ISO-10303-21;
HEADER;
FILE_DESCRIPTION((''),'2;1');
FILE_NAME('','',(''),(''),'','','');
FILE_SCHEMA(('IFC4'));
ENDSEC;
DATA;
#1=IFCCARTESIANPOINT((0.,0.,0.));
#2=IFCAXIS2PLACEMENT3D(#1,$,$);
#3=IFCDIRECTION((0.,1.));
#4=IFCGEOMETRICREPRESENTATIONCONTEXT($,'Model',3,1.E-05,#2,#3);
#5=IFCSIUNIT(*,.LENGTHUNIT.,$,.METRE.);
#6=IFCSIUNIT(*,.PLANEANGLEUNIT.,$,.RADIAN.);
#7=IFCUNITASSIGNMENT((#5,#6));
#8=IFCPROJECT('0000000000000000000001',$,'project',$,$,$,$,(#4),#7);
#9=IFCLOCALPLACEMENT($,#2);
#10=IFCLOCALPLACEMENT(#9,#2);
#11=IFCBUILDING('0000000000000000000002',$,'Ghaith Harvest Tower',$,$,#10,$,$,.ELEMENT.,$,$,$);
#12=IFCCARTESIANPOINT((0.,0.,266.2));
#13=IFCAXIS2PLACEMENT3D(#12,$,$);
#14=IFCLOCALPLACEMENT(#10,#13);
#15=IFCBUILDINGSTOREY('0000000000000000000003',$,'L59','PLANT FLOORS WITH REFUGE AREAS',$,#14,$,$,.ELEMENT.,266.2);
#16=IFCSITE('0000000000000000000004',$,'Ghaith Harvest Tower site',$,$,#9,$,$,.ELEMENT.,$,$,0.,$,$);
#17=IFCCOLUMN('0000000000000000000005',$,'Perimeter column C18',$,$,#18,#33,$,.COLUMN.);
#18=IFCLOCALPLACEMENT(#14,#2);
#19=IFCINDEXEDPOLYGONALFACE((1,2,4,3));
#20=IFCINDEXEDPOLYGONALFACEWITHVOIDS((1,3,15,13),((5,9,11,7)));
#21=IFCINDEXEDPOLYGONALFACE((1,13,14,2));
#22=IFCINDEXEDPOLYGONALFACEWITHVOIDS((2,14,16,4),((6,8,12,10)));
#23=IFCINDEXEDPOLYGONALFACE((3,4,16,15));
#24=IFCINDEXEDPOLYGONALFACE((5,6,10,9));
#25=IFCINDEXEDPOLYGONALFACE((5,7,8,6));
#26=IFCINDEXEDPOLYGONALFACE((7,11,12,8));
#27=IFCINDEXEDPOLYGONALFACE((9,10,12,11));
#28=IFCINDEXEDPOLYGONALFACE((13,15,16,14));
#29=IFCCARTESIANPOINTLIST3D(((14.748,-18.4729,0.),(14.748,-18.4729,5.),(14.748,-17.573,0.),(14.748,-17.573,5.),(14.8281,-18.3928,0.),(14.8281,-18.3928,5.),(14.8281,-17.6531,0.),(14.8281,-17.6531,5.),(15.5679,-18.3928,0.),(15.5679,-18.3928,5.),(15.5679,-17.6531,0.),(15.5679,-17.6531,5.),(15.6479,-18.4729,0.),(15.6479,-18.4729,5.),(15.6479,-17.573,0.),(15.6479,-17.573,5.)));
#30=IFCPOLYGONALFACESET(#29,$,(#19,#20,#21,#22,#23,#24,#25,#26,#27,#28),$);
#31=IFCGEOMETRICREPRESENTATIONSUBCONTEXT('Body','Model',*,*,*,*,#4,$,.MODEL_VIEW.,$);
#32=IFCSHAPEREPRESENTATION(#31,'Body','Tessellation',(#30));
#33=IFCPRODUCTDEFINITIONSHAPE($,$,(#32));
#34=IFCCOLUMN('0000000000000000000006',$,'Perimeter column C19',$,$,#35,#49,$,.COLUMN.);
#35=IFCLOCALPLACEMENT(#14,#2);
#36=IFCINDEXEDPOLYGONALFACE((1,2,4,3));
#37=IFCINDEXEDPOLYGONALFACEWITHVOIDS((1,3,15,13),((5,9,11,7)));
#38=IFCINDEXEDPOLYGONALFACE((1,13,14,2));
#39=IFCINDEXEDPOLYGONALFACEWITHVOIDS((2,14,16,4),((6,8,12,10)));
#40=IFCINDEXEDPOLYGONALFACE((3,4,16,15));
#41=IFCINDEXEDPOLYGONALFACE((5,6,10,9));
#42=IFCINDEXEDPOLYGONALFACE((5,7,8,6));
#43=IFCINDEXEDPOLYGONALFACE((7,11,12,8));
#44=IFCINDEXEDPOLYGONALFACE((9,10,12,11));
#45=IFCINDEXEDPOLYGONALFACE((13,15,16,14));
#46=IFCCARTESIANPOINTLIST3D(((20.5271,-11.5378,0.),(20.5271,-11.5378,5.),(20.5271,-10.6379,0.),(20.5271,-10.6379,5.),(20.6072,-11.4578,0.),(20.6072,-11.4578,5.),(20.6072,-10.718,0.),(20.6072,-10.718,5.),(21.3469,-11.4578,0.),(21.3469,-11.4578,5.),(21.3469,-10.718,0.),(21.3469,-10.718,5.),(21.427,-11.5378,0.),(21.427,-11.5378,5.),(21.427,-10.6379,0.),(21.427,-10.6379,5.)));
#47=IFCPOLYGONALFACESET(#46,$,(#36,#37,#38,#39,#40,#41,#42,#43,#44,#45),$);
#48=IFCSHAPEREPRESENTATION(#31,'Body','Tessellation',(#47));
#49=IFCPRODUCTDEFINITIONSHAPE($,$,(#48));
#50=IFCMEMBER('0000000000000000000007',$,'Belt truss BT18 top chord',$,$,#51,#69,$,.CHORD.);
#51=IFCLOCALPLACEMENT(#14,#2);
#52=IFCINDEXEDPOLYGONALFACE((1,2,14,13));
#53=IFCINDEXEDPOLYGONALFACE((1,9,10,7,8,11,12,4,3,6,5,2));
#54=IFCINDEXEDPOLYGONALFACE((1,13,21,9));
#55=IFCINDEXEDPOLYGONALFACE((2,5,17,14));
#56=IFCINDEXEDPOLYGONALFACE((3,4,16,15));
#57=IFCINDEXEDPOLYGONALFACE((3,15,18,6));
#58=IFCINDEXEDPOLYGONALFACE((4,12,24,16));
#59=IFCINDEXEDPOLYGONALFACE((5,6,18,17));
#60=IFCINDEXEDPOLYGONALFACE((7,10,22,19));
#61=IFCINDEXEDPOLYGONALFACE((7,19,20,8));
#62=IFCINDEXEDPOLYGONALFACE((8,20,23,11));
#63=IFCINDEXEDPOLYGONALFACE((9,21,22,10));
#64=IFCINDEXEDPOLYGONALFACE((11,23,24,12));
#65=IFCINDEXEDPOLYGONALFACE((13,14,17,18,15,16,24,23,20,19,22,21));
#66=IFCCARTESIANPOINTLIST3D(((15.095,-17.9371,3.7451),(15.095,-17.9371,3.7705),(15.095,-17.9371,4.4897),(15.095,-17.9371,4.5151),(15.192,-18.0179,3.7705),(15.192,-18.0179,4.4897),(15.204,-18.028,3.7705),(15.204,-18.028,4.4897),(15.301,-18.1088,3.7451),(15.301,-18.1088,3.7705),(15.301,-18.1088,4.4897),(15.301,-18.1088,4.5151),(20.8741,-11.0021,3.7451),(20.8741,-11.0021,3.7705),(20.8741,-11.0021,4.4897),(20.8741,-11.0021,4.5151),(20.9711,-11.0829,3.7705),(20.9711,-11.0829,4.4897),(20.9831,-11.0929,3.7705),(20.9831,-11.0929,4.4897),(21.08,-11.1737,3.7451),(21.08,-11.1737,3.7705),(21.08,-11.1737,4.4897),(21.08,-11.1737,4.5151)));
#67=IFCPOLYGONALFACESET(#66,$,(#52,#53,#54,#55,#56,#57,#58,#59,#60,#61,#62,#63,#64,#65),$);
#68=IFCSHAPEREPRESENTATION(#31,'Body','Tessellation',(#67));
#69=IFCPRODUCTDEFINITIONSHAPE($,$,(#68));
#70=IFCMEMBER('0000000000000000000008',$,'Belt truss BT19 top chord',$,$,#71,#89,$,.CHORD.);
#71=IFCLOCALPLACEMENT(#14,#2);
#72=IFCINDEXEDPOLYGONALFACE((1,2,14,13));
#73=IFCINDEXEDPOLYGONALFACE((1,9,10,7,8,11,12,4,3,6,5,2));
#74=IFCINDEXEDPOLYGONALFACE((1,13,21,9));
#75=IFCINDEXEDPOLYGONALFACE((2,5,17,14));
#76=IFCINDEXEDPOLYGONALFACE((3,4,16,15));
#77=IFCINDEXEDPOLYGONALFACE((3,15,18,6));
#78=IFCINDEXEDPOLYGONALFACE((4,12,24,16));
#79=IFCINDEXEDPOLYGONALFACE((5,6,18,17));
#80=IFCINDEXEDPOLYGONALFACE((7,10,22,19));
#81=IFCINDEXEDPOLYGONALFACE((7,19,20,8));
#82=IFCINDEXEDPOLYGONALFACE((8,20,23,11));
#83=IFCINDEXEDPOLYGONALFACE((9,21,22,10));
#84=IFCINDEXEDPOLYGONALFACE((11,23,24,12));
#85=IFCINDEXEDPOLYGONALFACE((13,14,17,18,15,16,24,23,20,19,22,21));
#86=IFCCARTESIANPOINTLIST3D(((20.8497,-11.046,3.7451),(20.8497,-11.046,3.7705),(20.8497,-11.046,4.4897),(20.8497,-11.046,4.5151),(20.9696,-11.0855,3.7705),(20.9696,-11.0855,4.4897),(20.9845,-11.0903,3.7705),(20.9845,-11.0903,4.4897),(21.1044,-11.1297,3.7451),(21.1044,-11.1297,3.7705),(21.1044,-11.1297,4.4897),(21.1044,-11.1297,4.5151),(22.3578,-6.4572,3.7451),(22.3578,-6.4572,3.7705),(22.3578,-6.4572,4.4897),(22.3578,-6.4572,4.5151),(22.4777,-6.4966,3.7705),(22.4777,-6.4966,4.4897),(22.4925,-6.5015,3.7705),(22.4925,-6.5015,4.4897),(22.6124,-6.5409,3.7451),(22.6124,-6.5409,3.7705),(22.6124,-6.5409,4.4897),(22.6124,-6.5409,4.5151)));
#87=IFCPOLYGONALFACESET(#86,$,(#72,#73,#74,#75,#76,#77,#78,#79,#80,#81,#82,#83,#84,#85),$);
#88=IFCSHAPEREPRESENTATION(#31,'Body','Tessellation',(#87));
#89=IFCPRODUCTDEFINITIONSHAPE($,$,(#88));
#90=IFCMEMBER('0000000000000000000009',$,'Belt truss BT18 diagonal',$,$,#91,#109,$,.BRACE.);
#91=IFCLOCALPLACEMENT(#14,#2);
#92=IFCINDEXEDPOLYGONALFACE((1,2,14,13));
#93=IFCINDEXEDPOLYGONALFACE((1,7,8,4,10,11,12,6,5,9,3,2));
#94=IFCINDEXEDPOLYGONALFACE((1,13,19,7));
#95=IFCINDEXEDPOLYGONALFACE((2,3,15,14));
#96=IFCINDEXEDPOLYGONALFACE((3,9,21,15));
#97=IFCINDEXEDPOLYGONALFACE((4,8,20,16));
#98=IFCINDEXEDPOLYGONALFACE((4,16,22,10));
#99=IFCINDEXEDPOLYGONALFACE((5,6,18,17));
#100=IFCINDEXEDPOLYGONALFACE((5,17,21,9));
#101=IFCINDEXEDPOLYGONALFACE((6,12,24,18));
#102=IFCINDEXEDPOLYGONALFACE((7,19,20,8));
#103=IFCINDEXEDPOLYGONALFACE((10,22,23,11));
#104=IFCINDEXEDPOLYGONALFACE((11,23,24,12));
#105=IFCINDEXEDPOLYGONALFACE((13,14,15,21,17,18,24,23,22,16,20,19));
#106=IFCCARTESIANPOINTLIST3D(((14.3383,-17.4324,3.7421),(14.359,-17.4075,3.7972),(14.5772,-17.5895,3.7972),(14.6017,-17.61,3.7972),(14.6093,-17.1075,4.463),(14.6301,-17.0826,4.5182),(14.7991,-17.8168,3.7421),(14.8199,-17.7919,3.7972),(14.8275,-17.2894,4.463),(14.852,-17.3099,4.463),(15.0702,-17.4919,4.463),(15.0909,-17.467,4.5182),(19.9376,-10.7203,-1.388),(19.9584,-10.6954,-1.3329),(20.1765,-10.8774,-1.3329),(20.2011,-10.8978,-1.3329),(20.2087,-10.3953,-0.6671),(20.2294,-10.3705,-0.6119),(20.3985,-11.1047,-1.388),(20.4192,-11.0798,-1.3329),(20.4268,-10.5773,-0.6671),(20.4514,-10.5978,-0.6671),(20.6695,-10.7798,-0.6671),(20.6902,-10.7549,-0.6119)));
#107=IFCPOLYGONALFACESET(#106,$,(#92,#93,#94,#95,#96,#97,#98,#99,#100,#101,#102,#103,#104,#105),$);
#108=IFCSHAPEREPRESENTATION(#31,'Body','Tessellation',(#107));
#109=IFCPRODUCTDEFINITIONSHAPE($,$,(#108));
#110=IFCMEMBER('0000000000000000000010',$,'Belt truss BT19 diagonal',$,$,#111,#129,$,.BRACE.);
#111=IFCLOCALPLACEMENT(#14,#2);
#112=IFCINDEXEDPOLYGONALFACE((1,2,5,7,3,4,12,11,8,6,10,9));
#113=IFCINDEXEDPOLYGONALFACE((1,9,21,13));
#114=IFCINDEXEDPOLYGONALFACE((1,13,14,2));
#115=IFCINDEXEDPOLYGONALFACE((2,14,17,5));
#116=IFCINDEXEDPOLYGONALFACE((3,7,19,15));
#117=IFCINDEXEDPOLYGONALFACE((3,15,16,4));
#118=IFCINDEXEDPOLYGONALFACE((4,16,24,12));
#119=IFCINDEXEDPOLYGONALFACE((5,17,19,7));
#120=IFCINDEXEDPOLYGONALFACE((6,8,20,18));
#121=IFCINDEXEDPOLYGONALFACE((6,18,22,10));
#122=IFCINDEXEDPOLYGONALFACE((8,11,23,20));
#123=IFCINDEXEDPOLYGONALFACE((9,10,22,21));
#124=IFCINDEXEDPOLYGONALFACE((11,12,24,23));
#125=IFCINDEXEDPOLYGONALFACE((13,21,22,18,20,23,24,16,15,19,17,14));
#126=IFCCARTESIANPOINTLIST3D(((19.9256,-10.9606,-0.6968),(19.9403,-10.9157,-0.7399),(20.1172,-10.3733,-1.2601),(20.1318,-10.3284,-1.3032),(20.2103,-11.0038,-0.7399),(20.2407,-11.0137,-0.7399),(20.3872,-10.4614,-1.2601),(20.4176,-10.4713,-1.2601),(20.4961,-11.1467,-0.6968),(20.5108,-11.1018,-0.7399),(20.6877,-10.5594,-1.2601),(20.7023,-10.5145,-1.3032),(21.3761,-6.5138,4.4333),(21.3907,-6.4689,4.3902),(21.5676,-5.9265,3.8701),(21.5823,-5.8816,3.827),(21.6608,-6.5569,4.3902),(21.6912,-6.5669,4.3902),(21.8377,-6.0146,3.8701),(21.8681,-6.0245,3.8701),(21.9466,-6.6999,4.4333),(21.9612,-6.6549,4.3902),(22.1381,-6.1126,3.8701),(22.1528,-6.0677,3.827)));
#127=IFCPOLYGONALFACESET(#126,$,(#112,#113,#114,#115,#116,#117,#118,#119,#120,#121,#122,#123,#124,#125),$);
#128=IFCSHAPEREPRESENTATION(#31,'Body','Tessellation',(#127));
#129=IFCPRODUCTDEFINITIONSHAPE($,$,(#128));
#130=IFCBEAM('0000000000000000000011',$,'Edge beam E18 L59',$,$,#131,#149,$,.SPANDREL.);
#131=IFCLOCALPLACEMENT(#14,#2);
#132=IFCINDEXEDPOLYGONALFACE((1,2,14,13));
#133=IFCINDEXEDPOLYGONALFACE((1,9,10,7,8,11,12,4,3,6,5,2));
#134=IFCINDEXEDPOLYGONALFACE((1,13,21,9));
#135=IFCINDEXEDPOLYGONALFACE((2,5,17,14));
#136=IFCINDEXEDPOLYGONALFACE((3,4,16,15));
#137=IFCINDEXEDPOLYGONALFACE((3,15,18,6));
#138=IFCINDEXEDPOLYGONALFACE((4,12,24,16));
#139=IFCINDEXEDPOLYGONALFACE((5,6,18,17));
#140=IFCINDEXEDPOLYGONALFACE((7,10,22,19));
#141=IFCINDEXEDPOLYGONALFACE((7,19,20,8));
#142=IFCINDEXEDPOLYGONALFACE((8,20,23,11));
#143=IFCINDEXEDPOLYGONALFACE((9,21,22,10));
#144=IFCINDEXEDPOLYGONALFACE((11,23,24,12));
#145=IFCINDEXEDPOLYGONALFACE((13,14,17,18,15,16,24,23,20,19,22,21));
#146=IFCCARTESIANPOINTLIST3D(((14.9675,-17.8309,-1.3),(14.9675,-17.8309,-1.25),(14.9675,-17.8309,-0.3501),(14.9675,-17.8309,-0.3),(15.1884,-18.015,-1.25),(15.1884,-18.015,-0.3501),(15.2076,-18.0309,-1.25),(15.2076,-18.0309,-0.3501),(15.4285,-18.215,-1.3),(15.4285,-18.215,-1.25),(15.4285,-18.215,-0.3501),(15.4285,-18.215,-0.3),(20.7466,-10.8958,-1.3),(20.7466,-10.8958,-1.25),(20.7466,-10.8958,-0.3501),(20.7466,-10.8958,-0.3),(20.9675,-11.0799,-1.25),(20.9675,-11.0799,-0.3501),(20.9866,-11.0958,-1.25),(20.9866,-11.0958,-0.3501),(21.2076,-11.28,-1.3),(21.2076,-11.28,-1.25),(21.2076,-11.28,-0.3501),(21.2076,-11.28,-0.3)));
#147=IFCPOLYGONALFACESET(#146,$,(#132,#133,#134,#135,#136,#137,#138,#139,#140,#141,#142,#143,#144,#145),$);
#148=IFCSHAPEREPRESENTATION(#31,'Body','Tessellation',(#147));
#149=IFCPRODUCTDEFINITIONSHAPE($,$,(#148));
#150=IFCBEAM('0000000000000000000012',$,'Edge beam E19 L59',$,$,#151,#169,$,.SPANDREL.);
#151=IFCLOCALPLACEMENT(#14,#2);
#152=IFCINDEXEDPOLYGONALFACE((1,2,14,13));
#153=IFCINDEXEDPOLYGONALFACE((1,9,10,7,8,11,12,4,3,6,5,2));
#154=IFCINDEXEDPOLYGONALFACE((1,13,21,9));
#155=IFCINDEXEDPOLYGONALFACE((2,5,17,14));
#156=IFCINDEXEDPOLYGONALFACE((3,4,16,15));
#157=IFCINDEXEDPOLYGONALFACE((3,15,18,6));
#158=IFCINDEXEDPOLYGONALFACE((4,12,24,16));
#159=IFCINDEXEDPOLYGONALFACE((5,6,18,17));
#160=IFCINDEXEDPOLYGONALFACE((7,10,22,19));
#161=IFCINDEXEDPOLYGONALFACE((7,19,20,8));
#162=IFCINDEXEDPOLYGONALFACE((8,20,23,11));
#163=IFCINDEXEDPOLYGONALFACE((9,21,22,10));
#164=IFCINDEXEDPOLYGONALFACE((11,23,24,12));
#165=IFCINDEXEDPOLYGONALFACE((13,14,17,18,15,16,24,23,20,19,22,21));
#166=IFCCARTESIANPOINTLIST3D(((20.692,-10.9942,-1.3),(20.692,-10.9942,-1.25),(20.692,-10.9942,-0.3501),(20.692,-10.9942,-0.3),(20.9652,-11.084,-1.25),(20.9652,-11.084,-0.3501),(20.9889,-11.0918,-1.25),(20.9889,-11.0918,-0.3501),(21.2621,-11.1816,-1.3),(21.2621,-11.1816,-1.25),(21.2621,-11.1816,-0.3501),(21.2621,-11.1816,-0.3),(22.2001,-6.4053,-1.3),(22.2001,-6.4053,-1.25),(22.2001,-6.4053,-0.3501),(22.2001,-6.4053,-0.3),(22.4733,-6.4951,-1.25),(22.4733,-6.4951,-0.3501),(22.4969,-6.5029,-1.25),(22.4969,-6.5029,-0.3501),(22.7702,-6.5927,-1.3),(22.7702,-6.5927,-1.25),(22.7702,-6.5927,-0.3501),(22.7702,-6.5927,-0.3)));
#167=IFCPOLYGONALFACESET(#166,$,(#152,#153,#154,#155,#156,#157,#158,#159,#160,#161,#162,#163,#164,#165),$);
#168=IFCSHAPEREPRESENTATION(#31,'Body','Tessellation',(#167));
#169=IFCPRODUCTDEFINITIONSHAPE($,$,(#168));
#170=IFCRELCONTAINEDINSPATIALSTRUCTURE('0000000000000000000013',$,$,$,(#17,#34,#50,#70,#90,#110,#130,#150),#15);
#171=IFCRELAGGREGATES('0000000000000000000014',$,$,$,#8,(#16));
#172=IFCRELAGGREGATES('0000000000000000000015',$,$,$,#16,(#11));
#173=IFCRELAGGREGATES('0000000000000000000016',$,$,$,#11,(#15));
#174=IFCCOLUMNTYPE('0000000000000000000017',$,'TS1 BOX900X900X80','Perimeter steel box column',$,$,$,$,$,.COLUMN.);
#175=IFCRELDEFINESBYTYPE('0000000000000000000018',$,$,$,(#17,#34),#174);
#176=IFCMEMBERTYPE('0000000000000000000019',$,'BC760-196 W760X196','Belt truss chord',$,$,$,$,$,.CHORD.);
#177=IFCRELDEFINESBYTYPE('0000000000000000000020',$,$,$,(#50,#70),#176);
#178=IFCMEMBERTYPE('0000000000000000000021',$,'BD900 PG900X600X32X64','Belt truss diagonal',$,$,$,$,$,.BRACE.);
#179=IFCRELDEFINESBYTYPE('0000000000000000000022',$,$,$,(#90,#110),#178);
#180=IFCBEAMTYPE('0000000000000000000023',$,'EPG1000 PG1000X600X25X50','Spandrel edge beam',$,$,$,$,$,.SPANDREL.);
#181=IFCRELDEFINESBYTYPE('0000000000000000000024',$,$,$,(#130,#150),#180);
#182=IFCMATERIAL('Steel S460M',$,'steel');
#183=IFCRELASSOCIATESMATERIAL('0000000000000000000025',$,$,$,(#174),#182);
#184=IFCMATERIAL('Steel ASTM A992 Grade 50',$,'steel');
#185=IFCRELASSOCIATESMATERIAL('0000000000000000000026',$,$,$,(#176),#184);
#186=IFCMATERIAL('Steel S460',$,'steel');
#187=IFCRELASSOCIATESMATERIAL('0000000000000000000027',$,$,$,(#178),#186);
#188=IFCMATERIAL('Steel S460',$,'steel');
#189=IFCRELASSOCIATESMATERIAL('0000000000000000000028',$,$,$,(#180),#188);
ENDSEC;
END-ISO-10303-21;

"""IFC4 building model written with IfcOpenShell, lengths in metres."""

from ifc_helpers import new_model, si_unit, direction, frame, origin, origin_2d, place, context, subcontext, project, spatial, hollow_rectangle, i_section, extrude, material, material_profile, profile_set, type_object, element, save


model = new_model("IFC4")

# Units and contexts
model_context = context("Model", 3, precision=1e-05, world=origin(), true_north=direction((0.0, 1.0)))
body_context = subcontext(model_context, "Body", "Model", "MODEL_VIEW")
ifc_project = project(units=[si_unit("LENGTHUNIT", "METRE"), si_unit("PLANEANGLEUNIT", "RADIAN")], contexts=[model_context])

# Site, building, storey
site_placement = place(None, origin())
site = spatial("IfcSite", under=ifc_project, at=site_placement, Name="Ghaith Harvest Tower site", CompositionType="ELEMENT", RefElevation=0.0)
building_placement = place(site_placement, origin())
building = spatial("IfcBuilding", under=site, at=building_placement, Name="Ghaith Harvest Tower", CompositionType="ELEMENT")
storey_placement = place(building_placement, frame((0.0, 0.0, 266.2)))
storey = spatial("IfcBuildingStorey", under=building, at=storey_placement, Name="L59", Description="PLANT FLOORS WITH REFUGE AREAS", CompositionType="ELEMENT", Elevation=266.2)

# Columns
ifc_material_1 = material(Name="Steel S460M", Category="steel")
ifc_material_profile_1 = material_profile(ifc_material_1, hollow_rectangle(XDim=0.8999, YDim=0.8999, WallThickness=0.0801, at=origin_2d()), Name="BOX900X900X80")
ifc_profile_set_1 = profile_set([ifc_material_profile_1], Name="Steel S460M")
column_type = type_object("IfcColumnType", Name="TS1 BOX900X900X80", Description="Perimeter steel box column", PredefinedType="COLUMN", material=ifc_profile_set_1)
for number, where, z_axis, x_axis, name in (
    (1, (15.198, -18.0229, 0.0), (0.0, 0.0, 1.0), (1.0, 0.0, 0.0), "Perimeter column C18"),
    (2, (20.9771, -11.0879, 0.0), (0.0, 0.0, 1.0), (1.0, 0.0, 0.0), "Perimeter column C19"),
):
    element("IfcColumn", number, at=place(storey_placement, frame(where, z_axis=z_axis, x_axis=x_axis)), inside=storey, type_object=column_type, Name=name, PredefinedType="COLUMN", context=body_context, shape_type="SweptSolid", body=[
        extrude(hollow_rectangle(XDim=0.8999, YDim=0.8999, WallThickness=0.0801, at=origin_2d()), origin(), (0.0, 0.0, 1.0), 5.0),
    ])

# Members
ifc_material_2 = material(Name="Steel ASTM A992 Grade 50", Category="steel")
ifc_material_profile_2 = material_profile(ifc_material_2, i_section(OverallWidth=0.2681, OverallDepth=0.77, WebThickness=0.0156, FlangeThickness=0.0254, at=origin_2d()), Name="W760X196")
ifc_profile_set_2 = profile_set([ifc_material_profile_2], Name="Steel ASTM A992 Grade 50")
member_type_1 = type_object("IfcMemberType", Name="BC760-196 W760X196", Description="Belt truss chord", PredefinedType="CHORD", material=ifc_profile_set_2)
member_1_placement = place(storey_placement, frame((15.198, -18.0229, 4.1301), z_axis=(0.640174, 0.76823, 0.0), x_axis=(-0.76823, 0.640174, 0.0)))
element("IfcMember", 3, at=member_1_placement, inside=storey, type_object=member_type_1, Name="Belt truss BT18 top chord", PredefinedType="CHORD", context=body_context, shape_type="SweptSolid", body=[
    extrude(i_section(OverallWidth=0.2681, OverallDepth=0.77, WebThickness=0.0156, FlangeThickness=0.0254, at=origin_2d()), origin(), (0.0, 0.0, 1.0), 9.0273),
])
member_2_placement = place(storey_placement, frame((20.9771, -11.0879, 4.1301), z_axis=(0.312207, 0.950014, 0.0), x_axis=(-0.950014, 0.312207, 0.0)))
element("IfcMember", 4, at=member_2_placement, inside=storey, type_object=member_type_1, Name="Belt truss BT19 top chord", PredefinedType="CHORD", context=body_context, shape_type="SweptSolid", body=[
    extrude(i_section(OverallWidth=0.2681, OverallDepth=0.77, WebThickness=0.0156, FlangeThickness=0.0254, at=origin_2d()), origin(), (0.0, 0.0, 1.0), 4.8303),
])
ifc_material_3 = material(Name="Steel S460", Category="steel")
ifc_material_profile_3 = material_profile(ifc_material_3, i_section(OverallWidth=0.6001, OverallDepth=0.8999, WebThickness=0.032, FlangeThickness=0.064, at=origin_2d()), Name="PG900X600X32X64")
ifc_profile_set_3 = profile_set([ifc_material_profile_3], Name="Steel S460")
member_type_2 = type_object("IfcMemberType", Name="BD900 PG900X600X32X64", Description="Belt truss diagonal", PredefinedType="BRACE", material=ifc_profile_set_3)
member_3_placement = place(storey_placement, frame((14.7146, -17.4497, 4.1301), z_axis=(0.552462, 0.662256, -0.506165), x_axis=(-0.767889, 0.640583, 0.0)))
element("IfcMember", 5, at=member_3_placement, inside=storey, type_object=member_type_2, Name="Belt truss BT18 diagonal", PredefinedType="BRACE", context=body_context, shape_type="SweptSolid", body=[
    extrude(i_section(OverallWidth=0.6001, OverallDepth=0.8999, WebThickness=0.032, FlangeThickness=0.064, at=origin_2d()), origin(), (0.0, 0.0, 1.0), 10.1353),
])
member_4_placement = place(storey_placement, frame((20.314, -10.7375, -1.0), z_axis=(0.208927, 0.640532, 0.738964), x_axis=(-0.950704, 0.310099, 0.0)))
element("IfcMember", 6, at=member_4_placement, inside=storey, type_object=member_type_2, Name="Belt truss BT19 diagonal", PredefinedType="BRACE", context=body_context, shape_type="SweptSolid", body=[
    extrude(i_section(OverallWidth=0.6001, OverallDepth=0.8999, WebThickness=0.032, FlangeThickness=0.064, at=origin_2d()), origin(), (0.0, 0.0, 1.0), 6.9424),
])

# Beams
ifc_material_4 = material(Name="Steel S460", Category="steel")
ifc_material_profile_4 = material_profile(ifc_material_4, i_section(OverallWidth=0.6001, OverallDepth=1.0, WebThickness=0.0249, FlangeThickness=0.05, at=origin_2d()), Name="PG1000X600X25X50")
ifc_profile_set_4 = profile_set([ifc_material_profile_4], Name="Steel S460")
beam_type_1 = type_object("IfcBeamType", Name="EPG1000 PG1000X600X25X50", Description="Spandrel edge beam", PredefinedType="SPANDREL", material=ifc_profile_set_4)
beam_1_placement = place(storey_placement, frame((15.198, -18.0229, -0.8), z_axis=(0.640174, 0.76823, 0.0), x_axis=(-0.76823, 0.640174, 0.0)))
element("IfcBeam", 7, at=beam_1_placement, inside=storey, type_object=beam_type_1, Name="Edge beam E18 L59", PredefinedType="SPANDREL", context=body_context, shape_type="SweptSolid", body=[
    extrude(i_section(OverallWidth=0.6001, OverallDepth=1.0, WebThickness=0.0249, FlangeThickness=0.05, at=origin_2d()), origin(), (0.0, 0.0, 1.0), 9.0273),
])
beam_2_placement = place(storey_placement, frame((20.9771, -11.0879, -0.8), z_axis=(0.312207, 0.950014, 0.0), x_axis=(-0.950014, 0.312207, 0.0)))
element("IfcBeam", 8, at=beam_2_placement, inside=storey, type_object=beam_type_1, Name="Edge beam E19 L59", PredefinedType="SPANDREL", context=body_context, shape_type="SweptSolid", body=[
    extrude(i_section(OverallWidth=0.6001, OverallDepth=1.0, WebThickness=0.0249, FlangeThickness=0.05, at=origin_2d()), origin(), (0.0, 0.0, 1.0), 4.8303),
])

save(model, "model.ifc")
